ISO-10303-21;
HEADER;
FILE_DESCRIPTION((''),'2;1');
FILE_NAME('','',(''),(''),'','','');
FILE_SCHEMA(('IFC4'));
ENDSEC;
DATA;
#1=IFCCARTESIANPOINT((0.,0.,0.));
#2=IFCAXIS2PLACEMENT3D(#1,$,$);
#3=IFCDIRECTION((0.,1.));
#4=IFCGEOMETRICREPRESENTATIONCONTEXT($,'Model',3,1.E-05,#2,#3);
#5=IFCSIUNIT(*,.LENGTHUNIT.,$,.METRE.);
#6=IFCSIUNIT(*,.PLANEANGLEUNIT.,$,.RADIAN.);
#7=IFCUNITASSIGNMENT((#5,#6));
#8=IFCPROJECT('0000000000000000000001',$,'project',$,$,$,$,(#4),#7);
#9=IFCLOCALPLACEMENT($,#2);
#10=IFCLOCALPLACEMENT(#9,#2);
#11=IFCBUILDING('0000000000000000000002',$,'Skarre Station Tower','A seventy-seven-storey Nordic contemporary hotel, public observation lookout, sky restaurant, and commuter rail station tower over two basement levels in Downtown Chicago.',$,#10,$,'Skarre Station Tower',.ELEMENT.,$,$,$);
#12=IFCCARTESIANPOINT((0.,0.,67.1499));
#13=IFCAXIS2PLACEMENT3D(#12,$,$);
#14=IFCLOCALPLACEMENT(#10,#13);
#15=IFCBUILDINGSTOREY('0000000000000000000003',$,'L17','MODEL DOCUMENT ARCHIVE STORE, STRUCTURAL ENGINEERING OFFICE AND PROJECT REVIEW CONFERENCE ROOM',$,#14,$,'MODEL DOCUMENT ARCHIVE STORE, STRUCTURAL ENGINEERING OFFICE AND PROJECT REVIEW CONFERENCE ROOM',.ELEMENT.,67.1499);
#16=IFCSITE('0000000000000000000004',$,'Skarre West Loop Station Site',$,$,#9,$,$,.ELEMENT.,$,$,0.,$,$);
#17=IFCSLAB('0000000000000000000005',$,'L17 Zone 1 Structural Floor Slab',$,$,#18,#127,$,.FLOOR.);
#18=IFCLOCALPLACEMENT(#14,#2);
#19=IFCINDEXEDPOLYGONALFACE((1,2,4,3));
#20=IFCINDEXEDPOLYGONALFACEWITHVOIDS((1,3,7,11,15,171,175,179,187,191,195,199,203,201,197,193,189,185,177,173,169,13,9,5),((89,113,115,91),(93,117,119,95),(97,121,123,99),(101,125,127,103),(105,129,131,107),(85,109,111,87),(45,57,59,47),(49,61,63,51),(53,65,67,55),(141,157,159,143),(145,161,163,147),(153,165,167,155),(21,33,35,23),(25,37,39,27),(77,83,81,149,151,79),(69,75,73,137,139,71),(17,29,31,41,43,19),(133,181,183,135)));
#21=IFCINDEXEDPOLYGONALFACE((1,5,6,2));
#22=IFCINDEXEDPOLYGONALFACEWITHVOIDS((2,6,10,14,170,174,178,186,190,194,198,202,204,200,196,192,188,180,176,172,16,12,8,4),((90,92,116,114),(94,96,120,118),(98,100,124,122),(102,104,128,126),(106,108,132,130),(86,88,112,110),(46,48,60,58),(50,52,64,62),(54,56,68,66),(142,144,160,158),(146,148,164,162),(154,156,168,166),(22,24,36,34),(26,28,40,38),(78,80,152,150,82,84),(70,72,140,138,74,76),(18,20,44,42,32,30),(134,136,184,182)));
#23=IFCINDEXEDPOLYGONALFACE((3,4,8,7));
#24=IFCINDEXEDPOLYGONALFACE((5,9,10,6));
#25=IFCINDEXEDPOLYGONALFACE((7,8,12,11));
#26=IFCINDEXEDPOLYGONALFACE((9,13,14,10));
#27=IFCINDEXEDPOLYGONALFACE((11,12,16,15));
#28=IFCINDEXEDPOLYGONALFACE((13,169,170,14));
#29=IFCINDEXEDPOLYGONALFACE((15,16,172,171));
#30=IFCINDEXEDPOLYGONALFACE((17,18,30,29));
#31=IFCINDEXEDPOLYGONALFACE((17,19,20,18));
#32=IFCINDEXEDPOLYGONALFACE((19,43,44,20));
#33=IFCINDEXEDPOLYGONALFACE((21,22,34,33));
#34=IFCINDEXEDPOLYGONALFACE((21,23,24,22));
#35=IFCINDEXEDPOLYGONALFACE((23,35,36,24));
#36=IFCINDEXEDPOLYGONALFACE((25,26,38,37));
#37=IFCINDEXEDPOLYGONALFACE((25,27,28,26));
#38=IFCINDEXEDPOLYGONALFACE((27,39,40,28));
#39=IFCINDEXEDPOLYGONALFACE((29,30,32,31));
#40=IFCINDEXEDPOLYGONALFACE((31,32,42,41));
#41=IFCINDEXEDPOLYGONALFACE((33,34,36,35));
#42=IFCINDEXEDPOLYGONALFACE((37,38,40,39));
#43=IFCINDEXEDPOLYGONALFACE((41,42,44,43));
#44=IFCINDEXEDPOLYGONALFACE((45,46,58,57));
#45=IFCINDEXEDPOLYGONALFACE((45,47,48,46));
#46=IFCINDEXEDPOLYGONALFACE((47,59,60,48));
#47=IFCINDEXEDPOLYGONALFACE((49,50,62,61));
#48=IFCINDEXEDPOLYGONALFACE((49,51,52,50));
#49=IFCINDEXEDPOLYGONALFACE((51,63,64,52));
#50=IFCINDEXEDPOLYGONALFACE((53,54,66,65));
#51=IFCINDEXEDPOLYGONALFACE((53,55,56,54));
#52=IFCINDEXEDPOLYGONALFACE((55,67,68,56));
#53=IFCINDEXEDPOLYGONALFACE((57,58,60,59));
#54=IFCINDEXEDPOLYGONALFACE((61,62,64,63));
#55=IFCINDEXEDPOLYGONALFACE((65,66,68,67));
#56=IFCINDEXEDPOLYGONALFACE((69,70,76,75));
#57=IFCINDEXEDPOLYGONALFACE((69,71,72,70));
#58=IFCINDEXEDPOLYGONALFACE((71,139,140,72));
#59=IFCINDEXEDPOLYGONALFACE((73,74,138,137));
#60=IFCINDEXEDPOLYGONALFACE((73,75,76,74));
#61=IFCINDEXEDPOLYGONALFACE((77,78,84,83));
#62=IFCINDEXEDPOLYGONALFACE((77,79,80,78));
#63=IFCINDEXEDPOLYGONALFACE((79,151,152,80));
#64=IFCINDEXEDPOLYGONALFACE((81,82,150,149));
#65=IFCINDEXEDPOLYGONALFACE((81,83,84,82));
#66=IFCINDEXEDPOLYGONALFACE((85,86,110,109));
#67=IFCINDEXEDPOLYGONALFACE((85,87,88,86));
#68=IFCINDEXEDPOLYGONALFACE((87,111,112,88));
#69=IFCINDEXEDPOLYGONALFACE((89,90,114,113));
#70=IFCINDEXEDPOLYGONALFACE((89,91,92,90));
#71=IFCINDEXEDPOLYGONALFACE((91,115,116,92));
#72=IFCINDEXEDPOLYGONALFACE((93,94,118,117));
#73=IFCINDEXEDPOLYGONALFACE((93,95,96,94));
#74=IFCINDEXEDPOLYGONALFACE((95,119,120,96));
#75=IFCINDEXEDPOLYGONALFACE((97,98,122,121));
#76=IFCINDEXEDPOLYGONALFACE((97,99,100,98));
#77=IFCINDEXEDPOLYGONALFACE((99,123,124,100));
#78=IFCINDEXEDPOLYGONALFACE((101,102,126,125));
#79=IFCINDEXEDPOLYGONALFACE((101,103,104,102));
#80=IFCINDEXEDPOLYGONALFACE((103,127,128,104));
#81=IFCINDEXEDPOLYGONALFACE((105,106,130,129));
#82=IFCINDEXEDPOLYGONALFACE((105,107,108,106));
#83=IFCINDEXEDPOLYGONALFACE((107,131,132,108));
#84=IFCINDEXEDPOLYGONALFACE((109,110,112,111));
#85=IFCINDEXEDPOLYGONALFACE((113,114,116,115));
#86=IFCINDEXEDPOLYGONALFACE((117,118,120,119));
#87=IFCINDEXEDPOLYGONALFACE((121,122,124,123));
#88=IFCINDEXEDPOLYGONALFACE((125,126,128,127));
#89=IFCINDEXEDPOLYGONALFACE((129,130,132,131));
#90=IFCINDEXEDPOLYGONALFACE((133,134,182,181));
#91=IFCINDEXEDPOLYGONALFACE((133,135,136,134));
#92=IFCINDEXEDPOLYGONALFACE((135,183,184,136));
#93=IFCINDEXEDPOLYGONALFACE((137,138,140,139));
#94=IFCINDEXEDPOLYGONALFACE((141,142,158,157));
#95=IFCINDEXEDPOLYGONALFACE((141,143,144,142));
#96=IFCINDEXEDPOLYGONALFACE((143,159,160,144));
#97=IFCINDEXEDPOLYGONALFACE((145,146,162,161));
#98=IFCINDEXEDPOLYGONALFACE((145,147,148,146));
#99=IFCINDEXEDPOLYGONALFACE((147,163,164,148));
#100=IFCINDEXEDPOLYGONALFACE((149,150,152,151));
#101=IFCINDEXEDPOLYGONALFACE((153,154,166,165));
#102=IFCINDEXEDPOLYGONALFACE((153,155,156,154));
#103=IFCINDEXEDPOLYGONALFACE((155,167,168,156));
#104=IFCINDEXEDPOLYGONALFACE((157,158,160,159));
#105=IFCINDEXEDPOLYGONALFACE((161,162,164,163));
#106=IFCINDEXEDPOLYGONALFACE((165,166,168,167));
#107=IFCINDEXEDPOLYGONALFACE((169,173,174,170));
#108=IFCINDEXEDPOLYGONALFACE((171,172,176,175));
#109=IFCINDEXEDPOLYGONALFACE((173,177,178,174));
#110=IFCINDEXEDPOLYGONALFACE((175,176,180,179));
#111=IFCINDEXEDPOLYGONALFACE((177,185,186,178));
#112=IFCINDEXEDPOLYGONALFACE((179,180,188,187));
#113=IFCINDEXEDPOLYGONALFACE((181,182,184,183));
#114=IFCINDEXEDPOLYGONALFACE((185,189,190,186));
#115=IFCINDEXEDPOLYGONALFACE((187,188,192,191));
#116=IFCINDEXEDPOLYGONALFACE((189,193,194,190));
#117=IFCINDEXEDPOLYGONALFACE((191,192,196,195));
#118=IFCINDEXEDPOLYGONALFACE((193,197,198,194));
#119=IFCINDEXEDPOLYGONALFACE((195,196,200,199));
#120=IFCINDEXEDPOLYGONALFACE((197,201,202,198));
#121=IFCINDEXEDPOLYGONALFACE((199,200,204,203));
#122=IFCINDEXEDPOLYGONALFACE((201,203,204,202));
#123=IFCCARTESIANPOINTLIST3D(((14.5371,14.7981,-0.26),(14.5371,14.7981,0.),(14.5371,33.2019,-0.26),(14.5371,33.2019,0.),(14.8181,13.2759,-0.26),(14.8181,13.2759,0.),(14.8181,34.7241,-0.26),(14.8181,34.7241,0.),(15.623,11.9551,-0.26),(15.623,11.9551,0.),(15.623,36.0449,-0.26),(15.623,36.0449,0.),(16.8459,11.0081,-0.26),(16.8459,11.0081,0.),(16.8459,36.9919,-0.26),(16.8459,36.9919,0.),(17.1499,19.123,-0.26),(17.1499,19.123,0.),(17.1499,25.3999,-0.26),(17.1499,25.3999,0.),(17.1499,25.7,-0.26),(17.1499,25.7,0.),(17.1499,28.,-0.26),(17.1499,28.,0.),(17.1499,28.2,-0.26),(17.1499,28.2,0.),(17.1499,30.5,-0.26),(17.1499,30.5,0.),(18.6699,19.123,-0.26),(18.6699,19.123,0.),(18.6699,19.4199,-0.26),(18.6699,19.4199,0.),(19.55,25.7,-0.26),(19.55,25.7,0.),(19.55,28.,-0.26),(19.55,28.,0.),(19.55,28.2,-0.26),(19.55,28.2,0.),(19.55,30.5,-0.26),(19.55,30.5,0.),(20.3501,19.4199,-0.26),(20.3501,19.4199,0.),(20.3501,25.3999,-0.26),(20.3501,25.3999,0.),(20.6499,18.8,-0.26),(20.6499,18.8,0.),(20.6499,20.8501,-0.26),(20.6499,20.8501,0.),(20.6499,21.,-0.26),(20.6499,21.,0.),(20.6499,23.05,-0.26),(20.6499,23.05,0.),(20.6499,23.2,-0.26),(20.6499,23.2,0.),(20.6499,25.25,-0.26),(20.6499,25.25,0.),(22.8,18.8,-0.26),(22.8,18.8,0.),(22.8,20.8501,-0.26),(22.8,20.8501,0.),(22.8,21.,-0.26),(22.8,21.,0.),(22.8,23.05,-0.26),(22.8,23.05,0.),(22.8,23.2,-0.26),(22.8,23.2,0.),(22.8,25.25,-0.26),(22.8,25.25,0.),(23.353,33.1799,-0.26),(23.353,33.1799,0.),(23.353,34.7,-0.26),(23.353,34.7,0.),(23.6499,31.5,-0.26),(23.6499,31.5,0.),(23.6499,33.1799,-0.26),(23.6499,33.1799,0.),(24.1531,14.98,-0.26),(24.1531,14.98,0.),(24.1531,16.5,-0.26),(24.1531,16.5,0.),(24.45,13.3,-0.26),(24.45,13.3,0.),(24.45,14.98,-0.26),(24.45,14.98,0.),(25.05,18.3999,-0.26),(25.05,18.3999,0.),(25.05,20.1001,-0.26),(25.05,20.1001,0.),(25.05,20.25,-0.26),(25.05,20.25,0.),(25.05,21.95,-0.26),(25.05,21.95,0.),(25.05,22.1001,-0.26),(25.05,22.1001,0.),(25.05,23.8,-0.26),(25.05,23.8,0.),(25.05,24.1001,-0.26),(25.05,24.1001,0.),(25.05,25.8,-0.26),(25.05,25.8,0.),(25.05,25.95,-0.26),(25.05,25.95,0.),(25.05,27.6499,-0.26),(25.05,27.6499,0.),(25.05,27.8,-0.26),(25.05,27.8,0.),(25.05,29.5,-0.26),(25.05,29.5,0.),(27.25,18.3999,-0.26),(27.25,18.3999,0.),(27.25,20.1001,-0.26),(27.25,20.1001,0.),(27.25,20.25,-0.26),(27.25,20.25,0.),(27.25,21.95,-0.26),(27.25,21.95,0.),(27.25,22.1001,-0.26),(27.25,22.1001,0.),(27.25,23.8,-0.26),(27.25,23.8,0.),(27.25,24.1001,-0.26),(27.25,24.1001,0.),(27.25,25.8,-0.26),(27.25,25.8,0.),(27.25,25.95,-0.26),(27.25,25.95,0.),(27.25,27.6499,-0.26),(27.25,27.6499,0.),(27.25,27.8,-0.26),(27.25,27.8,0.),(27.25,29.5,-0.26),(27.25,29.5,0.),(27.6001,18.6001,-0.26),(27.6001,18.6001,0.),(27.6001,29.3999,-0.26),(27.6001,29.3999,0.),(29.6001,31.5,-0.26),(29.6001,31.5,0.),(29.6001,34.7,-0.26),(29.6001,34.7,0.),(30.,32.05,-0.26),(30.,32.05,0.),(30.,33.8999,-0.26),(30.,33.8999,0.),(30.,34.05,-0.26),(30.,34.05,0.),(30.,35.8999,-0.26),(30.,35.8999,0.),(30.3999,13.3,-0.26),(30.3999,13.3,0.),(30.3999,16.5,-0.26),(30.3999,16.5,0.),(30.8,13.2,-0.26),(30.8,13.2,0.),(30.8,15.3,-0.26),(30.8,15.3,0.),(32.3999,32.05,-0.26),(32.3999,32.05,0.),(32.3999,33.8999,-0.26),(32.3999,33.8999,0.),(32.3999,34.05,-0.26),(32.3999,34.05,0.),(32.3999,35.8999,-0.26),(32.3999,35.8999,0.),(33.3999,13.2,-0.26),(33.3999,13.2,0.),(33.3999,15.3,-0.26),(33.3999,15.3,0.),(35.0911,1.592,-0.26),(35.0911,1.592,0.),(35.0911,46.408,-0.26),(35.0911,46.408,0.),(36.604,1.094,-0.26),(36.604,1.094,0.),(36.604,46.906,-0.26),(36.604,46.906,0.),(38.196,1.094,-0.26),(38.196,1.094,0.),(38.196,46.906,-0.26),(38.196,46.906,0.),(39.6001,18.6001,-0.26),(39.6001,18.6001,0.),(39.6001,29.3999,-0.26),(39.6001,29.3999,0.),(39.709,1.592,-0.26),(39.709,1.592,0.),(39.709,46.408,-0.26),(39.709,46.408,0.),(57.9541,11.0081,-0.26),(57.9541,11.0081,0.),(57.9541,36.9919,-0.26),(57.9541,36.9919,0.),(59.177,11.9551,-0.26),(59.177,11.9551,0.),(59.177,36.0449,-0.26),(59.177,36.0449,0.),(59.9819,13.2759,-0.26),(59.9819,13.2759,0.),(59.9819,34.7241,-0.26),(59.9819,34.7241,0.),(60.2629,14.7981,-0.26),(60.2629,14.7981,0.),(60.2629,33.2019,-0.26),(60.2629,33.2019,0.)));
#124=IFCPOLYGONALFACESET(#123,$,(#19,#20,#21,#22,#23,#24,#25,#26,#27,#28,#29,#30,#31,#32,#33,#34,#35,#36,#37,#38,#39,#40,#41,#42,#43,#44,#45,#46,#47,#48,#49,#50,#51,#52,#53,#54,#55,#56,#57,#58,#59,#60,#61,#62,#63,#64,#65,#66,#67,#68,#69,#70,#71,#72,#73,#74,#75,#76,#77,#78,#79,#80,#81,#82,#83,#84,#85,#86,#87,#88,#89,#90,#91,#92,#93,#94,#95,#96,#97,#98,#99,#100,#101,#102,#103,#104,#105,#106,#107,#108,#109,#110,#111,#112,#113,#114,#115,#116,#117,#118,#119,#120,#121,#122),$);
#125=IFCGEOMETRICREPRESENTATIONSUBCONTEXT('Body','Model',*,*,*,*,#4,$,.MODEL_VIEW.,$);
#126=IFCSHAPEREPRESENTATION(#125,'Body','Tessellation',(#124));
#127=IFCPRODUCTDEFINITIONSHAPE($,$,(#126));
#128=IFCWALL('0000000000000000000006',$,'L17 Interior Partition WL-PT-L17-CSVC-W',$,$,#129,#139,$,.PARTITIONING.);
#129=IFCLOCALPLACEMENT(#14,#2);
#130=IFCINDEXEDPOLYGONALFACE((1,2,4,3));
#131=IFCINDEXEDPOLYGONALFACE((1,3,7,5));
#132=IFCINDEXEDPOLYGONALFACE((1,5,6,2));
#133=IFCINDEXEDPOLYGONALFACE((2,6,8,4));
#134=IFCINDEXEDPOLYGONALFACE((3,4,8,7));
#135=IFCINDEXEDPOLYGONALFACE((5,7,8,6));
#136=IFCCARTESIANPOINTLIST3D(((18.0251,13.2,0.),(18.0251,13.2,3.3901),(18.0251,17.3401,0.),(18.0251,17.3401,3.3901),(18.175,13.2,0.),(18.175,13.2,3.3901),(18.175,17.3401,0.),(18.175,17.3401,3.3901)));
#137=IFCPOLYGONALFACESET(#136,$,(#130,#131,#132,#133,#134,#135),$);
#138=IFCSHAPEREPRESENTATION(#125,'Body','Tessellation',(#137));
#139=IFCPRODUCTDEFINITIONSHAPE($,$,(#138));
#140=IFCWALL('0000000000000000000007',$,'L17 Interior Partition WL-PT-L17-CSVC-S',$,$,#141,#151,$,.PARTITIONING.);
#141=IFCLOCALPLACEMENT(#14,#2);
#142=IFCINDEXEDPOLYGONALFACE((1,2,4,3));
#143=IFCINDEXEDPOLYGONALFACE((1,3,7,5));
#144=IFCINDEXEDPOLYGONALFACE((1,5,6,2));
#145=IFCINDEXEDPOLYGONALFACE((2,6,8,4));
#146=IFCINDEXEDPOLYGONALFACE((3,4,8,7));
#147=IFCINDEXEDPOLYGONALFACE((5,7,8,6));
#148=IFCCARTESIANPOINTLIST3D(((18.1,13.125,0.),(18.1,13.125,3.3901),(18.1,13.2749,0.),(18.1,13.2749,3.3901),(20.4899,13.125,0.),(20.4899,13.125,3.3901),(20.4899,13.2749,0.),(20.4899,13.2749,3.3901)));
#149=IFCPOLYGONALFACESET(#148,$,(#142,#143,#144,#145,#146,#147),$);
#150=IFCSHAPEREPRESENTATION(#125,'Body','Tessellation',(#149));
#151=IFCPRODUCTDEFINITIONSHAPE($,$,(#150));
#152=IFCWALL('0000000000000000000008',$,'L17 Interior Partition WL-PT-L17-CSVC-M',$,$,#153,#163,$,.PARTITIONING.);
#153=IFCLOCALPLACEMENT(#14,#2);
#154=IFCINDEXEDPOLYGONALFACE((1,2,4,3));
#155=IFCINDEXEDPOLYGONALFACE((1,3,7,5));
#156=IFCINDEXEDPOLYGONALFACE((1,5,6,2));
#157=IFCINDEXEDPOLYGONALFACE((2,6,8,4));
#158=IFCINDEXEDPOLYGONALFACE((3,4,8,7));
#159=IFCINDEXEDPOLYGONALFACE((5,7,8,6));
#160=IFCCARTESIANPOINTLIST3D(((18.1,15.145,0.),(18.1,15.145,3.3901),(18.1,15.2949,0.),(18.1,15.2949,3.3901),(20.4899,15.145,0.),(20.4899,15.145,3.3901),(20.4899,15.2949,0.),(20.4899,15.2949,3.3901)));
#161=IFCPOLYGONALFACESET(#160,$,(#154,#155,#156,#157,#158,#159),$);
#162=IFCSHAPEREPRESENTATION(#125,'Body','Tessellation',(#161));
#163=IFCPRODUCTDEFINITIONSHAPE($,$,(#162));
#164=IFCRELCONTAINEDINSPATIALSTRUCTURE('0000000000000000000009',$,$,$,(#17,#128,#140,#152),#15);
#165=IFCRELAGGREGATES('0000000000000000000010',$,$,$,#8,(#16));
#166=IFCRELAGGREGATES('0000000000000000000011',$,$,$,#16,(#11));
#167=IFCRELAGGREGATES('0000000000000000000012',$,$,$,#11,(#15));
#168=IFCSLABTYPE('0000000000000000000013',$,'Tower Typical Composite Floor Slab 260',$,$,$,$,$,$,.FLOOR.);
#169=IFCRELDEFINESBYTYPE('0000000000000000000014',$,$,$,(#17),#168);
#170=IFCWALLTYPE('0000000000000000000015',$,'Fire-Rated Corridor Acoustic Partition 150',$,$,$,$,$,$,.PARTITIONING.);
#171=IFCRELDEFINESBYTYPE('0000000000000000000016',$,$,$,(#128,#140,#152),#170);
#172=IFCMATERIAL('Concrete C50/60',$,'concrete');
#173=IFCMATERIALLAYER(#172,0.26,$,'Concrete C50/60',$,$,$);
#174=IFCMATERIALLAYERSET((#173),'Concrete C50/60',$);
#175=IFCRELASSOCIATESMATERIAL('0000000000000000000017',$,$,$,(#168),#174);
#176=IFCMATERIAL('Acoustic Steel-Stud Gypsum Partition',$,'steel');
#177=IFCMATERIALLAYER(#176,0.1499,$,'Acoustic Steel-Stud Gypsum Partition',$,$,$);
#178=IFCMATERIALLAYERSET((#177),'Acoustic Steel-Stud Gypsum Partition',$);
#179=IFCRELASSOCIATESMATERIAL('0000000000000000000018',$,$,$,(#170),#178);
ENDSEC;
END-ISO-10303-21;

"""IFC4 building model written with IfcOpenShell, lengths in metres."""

from ifc_helpers import new_model, si_unit, direction, frame, frame_2d, origin, place, context, subcontext, project, spatial, polyline, rectangle, outline, extrude, material, layer, layer_set, type_object, element, save


model = new_model("IFC4")

# Units and contexts
model_context = context("Model", 3, precision=1e-05, world=origin(), true_north=direction((0.0, 1.0)))
body_context = subcontext(model_context, "Body", "Model", "MODEL_VIEW")
ifc_project = project(units=[si_unit("LENGTHUNIT", "METRE"), si_unit("PLANEANGLEUNIT", "RADIAN")], contexts=[model_context])

# Site, building, storey
site_placement = place(None, origin())
site = spatial("IfcSite", under=ifc_project, at=site_placement, Name="Skarre West Loop Station Site", CompositionType="ELEMENT", RefElevation=0.0)
building_placement = place(site_placement, origin())
building = spatial("IfcBuilding", under=site, at=building_placement, Name="Skarre Station Tower", Description="A seventy-seven-storey Nordic contemporary hotel, public observation lookout, sky restaurant, and commuter rail station tower over two basement levels in Downtown Chicago.", LongName="Skarre Station Tower", CompositionType="ELEMENT")
storey_placement = place(building_placement, frame((0.0, 0.0, 67.1499)))
storey = spatial("IfcBuildingStorey", under=building, at=storey_placement, Name="L17", Description="MODEL DOCUMENT ARCHIVE STORE, STRUCTURAL ENGINEERING OFFICE AND PROJECT REVIEW CONFERENCE ROOM", LongName="MODEL DOCUMENT ARCHIVE STORE, STRUCTURAL ENGINEERING OFFICE AND PROJECT REVIEW CONFERENCE ROOM", CompositionType="ELEMENT", Elevation=67.1499)

# Slab
ifc_material_1 = material(Name="Concrete C50/60", Category="concrete")
ifc_layer_1 = layer(ifc_material_1, 0.26, Name="Concrete C50/60")
ifc_layer_set_1 = layer_set([ifc_layer_1], Name="Concrete C50/60")
slab_type_1 = type_object("IfcSlabType", Name="Tower Typical Composite Floor Slab 260", PredefinedType="FLOOR", material=ifc_layer_set_1)
slab_1_placement = place(storey_placement, frame((0.0, 0.0, -0.26)))
element("IfcSlab", 1, at=slab_1_placement, inside=storey, type_object=slab_type_1, Name="L17 Zone 1 Structural Floor Slab", PredefinedType="FLOOR", context=body_context, shape_type="SweptSolid", body=[
    extrude(outline(polyline([(60.2629, 33.2019), (59.9819, 34.7241), (59.177, 36.0449), (57.9541, 36.9919), (39.709, 46.408), (38.196, 46.906), (36.604, 46.906), (35.0911, 46.408), (16.8459, 36.9919), (15.623, 36.0449), (14.8181, 34.7241), (14.5371, 33.2019), (14.5371, 14.7981), (14.8181, 13.2759), (15.623, 11.9551), (16.8459, 11.0081), (35.0911, 1.592), (36.604, 1.094), (38.196, 1.094), (39.709, 1.592), (57.9541, 11.0081), (59.177, 11.9551), (59.9819, 13.2759), (60.2629, 14.7981), (60.2629, 33.2019)]), holes=[polyline([(18.6699, 19.4199), (18.6699, 19.123), (17.1499, 19.123), (17.1499, 25.3999), (20.3501, 25.3999), (20.3501, 19.4199), (18.6699, 19.4199)]), polyline([(24.45, 14.98), (24.1531, 14.98), (24.1531, 16.5), (30.3999, 16.5), (30.3999, 13.3), (24.45, 13.3), (24.45, 14.98)]), polyline([(23.6499, 33.1799), (23.353, 33.1799), (23.353, 34.7), (29.6001, 34.7), (29.6001, 31.5), (23.6499, 31.5), (23.6499, 33.1799)]), polyline([(17.1499, 28.0), (19.55, 28.0), (19.55, 25.7), (17.1499, 25.7), (17.1499, 28.0)]), polyline([(17.1499, 30.5), (19.55, 30.5), (19.55, 28.2), (17.1499, 28.2), (17.1499, 30.5)]), polyline([(30.8, 15.3), (33.3999, 15.3), (33.3999, 13.2), (30.8, 13.2), (30.8, 15.3)]), polyline([(25.05, 20.1001), (27.25, 20.1001), (27.25, 18.3999), (25.05, 18.3999), (25.05, 20.1001)]), polyline([(25.05, 21.95), (27.25, 21.95), (27.25, 20.25), (25.05, 20.25), (25.05, 21.95)]), polyline([(25.05, 23.8), (27.25, 23.8), (27.25, 22.1001), (25.05, 22.1001), (25.05, 23.8)]), polyline([(25.05, 25.8), (27.25, 25.8), (27.25, 24.1001), (25.05, 24.1001), (25.05, 25.8)]), polyline([(25.05, 27.6499), (27.25, 27.6499), (27.25, 25.95), (25.05, 25.95), (25.05, 27.6499)]), polyline([(25.05, 29.5), (27.25, 29.5), (27.25, 27.8), (25.05, 27.8), (25.05, 29.5)]), polyline([(20.6499, 20.8501), (22.8, 20.8501), (22.8, 18.8), (20.6499, 18.8), (20.6499, 20.8501)]), polyline([(20.6499, 23.05), (22.8, 23.05), (22.8, 21.0), (20.6499, 21.0), (20.6499, 23.05)]), polyline([(20.6499, 25.25), (22.8, 25.25), (22.8, 23.2), (20.6499, 23.2), (20.6499, 25.25)]), polyline([(30.0, 33.8999), (32.3999, 33.8999), (32.3999, 32.05), (30.0, 32.05), (30.0, 33.8999)]), polyline([(30.0, 35.8999), (32.3999, 35.8999), (32.3999, 34.05), (30.0, 34.05), (30.0, 35.8999)]), polyline([(27.6001, 29.3999), (39.6001, 29.3999), (39.6001, 18.6001), (27.6001, 18.6001), (27.6001, 29.3999)])]), origin(), (0.0, 0.0, 1.0), 0.26),
])

# Walls
ifc_material_2 = material(Name="Acoustic Steel-Stud Gypsum Partition", Category="steel")
ifc_layer_2 = layer(ifc_material_2, 0.1499, Name="Acoustic Steel-Stud Gypsum Partition")
ifc_layer_set_2 = layer_set([ifc_layer_2], Name="Acoustic Steel-Stud Gypsum Partition")
wall_type_1 = type_object("IfcWallType", Name="Fire-Rated Corridor Acoustic Partition 150", PredefinedType="PARTITIONING", material=ifc_layer_set_2)
wall_1_placement = place(storey_placement, frame((18.1001, 17.3401, 0.0), z_axis=(0.0, 0.0, 1.0), x_axis=(0.0, -1.0, 0.0)))
element("IfcWall", 2, at=wall_1_placement, inside=storey, type_object=wall_type_1, Name="L17 Interior Partition WL-PT-L17-CSVC-W", PredefinedType="PARTITIONING", context=body_context, shape_type="SweptSolid", body=[
    extrude(rectangle(XDim=4.1401, YDim=0.1499, at=frame_2d((2.0701, 0.0))), origin(), (0.0, 0.0, 1.0), 3.3901),
])
for number, where, z_axis, x_axis, name in (
    (3, (18.1001, 13.2, 0.0), (0.0, 0.0, 1.0), (1.0, 0.0, 0.0), "L17 Interior Partition WL-PT-L17-CSVC-S"),
    (4, (18.1001, 15.22, 0.0), (0.0, 0.0, 1.0), (1.0, 0.0, 0.0), "L17 Interior Partition WL-PT-L17-CSVC-M"),
):
    element("IfcWall", number, at=place(storey_placement, frame(where, z_axis=z_axis, x_axis=x_axis)), inside=storey, type_object=wall_type_1, Name=name, PredefinedType="PARTITIONING", context=body_context, shape_type="SweptSolid", body=[
        extrude(rectangle(XDim=2.3899, YDim=0.1499, at=frame_2d((1.1948, 0.0))), origin(), (0.0, 0.0, 1.0), 3.3901),
    ])

save(model, "model.ifc")
